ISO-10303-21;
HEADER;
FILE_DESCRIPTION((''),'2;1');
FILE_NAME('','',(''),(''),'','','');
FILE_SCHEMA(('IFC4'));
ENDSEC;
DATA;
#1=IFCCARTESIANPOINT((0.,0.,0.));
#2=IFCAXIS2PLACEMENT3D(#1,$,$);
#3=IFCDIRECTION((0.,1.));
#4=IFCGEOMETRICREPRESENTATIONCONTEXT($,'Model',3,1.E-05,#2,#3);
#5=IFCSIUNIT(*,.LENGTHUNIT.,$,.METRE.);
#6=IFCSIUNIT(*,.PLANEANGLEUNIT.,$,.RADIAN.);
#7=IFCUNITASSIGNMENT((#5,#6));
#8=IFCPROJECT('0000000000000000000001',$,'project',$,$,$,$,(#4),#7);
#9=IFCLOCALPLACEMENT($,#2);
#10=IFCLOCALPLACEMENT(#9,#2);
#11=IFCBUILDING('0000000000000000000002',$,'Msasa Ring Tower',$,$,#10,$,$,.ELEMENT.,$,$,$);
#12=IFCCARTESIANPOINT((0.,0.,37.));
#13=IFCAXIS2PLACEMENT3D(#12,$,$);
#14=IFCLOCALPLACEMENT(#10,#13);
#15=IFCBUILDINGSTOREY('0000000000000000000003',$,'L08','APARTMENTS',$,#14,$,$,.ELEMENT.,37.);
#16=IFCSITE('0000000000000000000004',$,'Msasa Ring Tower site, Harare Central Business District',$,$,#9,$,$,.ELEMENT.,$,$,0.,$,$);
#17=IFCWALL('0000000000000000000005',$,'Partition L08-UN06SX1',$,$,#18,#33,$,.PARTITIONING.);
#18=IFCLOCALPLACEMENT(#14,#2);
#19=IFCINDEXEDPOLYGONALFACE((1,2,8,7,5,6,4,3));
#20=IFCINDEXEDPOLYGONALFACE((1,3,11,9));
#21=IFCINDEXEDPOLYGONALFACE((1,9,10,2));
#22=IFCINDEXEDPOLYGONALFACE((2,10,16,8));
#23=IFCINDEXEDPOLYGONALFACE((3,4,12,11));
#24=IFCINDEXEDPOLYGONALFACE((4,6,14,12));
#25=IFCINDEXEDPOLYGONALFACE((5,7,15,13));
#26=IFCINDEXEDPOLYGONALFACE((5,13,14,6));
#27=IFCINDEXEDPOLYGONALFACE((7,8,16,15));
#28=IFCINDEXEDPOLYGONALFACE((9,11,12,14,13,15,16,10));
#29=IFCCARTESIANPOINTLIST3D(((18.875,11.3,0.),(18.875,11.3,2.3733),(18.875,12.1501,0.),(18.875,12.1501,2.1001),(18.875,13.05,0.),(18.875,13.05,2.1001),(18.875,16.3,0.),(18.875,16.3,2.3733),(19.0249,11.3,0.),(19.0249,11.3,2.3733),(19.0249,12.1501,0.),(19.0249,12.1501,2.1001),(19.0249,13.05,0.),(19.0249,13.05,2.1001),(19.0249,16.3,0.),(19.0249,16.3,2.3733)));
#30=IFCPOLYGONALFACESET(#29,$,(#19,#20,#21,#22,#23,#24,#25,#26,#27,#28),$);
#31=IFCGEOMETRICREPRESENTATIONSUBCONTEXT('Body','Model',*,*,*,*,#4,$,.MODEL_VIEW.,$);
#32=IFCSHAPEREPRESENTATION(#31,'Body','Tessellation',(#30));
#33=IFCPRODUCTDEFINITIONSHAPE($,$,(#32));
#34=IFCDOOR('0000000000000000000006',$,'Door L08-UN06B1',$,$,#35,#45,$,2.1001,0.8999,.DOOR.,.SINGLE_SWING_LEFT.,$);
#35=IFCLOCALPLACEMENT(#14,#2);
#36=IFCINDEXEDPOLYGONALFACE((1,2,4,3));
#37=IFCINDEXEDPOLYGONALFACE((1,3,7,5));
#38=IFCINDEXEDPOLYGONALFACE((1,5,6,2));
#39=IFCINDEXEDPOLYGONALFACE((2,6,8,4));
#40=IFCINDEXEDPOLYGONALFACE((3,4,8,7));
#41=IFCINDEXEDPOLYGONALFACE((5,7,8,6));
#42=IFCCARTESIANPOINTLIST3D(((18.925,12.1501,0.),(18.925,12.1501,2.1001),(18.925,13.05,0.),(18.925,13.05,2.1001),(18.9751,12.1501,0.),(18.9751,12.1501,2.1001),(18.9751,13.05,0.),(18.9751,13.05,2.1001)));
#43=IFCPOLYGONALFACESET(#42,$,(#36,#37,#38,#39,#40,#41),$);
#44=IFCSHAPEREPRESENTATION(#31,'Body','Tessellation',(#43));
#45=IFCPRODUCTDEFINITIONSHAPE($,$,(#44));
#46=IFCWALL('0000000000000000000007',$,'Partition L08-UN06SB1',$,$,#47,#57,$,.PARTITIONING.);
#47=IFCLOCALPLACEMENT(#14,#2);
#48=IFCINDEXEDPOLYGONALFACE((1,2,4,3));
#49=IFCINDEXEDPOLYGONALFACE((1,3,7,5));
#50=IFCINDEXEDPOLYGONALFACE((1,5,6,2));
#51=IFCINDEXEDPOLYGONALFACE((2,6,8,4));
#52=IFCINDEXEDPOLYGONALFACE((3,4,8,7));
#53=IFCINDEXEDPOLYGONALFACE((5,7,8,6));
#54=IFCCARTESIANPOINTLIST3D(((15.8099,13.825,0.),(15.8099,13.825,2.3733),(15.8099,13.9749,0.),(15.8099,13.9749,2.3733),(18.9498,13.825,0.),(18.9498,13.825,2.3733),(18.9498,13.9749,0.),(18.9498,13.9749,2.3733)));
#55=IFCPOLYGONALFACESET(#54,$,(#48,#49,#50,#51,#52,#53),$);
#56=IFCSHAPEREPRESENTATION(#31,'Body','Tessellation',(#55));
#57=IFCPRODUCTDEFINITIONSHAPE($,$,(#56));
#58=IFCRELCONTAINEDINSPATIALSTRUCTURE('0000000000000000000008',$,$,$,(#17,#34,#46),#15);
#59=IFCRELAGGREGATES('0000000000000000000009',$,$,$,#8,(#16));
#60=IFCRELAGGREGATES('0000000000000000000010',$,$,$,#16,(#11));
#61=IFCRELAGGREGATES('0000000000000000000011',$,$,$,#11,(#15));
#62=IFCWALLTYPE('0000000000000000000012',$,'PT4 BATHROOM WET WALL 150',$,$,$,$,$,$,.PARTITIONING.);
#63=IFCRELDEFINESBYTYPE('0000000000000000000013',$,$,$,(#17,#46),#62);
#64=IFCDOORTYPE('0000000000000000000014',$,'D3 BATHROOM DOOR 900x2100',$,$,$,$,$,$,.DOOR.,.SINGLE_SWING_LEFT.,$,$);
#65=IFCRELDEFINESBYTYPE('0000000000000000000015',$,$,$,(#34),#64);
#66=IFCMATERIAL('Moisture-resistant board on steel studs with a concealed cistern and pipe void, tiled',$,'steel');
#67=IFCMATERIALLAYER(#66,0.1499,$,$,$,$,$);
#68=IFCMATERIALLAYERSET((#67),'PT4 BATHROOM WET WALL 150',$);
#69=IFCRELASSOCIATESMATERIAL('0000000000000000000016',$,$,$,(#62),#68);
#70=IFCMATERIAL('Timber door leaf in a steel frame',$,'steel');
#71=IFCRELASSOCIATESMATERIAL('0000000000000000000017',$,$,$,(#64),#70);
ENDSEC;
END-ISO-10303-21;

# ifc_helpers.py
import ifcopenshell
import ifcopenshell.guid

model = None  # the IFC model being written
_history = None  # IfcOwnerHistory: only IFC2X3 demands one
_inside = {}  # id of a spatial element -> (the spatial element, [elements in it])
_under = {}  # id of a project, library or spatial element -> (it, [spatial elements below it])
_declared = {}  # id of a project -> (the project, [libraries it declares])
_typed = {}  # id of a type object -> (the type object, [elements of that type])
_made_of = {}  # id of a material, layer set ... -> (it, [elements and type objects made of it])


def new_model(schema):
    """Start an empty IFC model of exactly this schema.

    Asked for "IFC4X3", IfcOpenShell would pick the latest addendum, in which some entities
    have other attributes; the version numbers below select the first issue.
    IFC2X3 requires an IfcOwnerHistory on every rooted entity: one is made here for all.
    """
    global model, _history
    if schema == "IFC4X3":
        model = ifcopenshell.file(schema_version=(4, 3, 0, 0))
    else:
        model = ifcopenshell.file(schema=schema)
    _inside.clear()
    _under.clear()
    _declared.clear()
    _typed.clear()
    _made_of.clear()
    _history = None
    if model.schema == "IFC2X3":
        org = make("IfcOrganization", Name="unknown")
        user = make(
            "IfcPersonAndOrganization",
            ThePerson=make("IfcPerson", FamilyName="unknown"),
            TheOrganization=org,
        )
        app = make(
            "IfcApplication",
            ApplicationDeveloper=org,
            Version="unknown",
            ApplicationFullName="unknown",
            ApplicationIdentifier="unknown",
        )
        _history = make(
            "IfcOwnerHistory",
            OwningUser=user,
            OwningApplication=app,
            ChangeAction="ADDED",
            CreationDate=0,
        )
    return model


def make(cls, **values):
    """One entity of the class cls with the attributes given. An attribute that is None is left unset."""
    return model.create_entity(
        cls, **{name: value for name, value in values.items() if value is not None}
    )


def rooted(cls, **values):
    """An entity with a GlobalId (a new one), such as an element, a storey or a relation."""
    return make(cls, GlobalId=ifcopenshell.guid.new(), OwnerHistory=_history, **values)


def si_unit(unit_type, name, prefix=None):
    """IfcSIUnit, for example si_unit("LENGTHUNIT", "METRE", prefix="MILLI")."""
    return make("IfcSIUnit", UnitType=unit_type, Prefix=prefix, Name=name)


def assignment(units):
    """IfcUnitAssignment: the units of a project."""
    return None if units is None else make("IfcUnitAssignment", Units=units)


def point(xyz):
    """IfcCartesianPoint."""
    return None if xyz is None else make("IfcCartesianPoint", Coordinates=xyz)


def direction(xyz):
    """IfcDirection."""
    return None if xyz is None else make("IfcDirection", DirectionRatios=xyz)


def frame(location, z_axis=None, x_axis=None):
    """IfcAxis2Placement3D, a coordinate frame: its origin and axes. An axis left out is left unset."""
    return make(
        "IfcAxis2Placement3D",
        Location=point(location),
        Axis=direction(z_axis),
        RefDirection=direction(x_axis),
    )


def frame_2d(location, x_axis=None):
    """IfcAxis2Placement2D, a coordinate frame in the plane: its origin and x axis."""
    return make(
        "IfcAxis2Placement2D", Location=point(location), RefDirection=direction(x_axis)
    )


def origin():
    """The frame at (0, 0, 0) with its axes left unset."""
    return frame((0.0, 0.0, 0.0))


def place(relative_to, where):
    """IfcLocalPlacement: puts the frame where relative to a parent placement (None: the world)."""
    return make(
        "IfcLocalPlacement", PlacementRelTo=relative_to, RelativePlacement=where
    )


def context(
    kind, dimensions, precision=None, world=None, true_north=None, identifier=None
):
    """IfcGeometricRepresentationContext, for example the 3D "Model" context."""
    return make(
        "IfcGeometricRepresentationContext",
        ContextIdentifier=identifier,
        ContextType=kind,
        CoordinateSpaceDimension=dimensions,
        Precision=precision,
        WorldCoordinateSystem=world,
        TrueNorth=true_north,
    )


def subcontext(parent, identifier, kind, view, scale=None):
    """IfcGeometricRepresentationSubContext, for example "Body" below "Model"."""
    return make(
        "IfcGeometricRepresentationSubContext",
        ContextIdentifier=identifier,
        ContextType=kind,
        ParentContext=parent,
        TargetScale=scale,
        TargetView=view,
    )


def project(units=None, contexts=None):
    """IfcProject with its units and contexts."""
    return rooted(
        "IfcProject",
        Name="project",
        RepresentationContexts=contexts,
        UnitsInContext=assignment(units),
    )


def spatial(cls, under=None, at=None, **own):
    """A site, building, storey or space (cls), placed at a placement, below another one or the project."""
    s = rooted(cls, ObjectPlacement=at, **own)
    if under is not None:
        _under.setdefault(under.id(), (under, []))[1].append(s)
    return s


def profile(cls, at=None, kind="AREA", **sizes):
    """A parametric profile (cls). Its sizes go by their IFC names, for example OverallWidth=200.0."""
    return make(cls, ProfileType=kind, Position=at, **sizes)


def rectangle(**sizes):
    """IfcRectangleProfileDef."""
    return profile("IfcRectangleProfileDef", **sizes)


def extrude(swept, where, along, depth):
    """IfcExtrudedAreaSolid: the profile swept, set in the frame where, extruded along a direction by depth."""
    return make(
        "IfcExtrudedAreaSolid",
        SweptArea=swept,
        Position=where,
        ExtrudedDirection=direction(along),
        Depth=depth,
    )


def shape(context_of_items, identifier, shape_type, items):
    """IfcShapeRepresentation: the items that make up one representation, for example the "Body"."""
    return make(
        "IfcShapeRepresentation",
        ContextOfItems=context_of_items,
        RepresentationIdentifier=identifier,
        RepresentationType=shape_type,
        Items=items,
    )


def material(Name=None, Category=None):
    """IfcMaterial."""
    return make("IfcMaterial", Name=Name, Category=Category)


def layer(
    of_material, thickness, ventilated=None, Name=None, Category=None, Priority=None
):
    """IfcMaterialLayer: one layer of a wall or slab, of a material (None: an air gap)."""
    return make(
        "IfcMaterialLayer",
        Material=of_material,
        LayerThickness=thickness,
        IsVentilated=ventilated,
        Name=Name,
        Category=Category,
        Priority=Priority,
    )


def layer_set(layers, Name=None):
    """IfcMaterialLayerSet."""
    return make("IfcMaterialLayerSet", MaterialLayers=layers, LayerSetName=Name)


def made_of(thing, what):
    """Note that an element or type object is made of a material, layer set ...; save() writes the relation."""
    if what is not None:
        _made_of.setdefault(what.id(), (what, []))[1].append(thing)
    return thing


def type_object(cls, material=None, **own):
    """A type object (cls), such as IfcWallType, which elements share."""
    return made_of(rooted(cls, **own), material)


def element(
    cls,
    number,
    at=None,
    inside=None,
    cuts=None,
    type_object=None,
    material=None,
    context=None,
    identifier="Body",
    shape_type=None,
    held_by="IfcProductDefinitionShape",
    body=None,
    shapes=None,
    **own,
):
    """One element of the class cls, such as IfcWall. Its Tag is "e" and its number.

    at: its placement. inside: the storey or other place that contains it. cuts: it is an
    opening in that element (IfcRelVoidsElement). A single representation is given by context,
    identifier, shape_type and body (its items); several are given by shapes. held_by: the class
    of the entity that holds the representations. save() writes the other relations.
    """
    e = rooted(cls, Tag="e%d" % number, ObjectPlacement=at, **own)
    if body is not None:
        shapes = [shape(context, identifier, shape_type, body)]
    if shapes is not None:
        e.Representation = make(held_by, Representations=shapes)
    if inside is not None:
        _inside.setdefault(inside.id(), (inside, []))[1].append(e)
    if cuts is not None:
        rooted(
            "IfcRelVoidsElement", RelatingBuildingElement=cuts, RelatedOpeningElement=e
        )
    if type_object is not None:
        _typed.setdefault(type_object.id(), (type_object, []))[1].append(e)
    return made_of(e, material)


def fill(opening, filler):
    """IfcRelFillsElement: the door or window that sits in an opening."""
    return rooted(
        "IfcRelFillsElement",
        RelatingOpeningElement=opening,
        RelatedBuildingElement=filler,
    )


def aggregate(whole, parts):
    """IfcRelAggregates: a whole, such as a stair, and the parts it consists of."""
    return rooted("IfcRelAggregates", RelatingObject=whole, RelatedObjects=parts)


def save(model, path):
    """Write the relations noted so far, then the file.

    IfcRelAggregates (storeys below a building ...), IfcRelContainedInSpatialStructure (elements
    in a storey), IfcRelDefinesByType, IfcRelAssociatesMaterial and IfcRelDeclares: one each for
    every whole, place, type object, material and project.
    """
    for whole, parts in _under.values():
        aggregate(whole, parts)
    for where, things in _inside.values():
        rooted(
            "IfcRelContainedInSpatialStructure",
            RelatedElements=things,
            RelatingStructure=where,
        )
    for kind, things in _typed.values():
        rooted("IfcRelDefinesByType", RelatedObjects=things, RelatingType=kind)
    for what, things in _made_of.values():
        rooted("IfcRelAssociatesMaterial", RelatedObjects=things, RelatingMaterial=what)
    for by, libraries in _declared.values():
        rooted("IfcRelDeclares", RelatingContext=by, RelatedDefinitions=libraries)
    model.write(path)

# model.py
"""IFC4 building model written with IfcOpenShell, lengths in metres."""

from ifc_helpers import new_model, si_unit, direction, frame, frame_2d, origin, place, context, subcontext, project, spatial, rectangle, extrude, material, layer, layer_set, type_object, element, fill, save


model = new_model("IFC4")

# Units and contexts
model_context = context("Model", 3, precision=1e-05, world=origin(), true_north=direction((0.0, 1.0)))
body_context = subcontext(model_context, "Body", "Model", "MODEL_VIEW")
ifc_project = project(units=[si_unit("LENGTHUNIT", "METRE"), si_unit("PLANEANGLEUNIT", "RADIAN")], contexts=[model_context])

# Site, building, storey
site_placement = place(None, origin())
site = spatial("IfcSite", under=ifc_project, at=site_placement, Name="Msasa Ring Tower site, Harare Central Business District", CompositionType="ELEMENT", RefElevation=0.0)
building_placement = place(site_placement, origin())
building = spatial("IfcBuilding", under=site, at=building_placement, Name="Msasa Ring Tower", CompositionType="ELEMENT")
storey_placement = place(building_placement, frame((0.0, 0.0, 37.0)))
storey = spatial("IfcBuildingStorey", under=building, at=storey_placement, Name="L08", Description="APARTMENTS", CompositionType="ELEMENT", Elevation=37.0)

# Shared definitions
ifc_material_1 = material(Name="Moisture-resistant board on steel studs with a concealed cistern and pipe void, tiled", Category="steel")
ifc_layer_1 = layer(ifc_material_1, 0.1499)
ifc_layer_set_1 = layer_set([ifc_layer_1], Name="PT4 BATHROOM WET WALL 150")
wall_type_1 = type_object("IfcWallType", Name="PT4 BATHROOM WET WALL 150", PredefinedType="PARTITIONING", material=ifc_layer_set_1)
ifc_material_2 = material(Name="Timber door leaf in a steel frame", Category="steel")
door_type_1 = type_object("IfcDoorType", Name="D3 BATHROOM DOOR 900x2100", OperationType="SINGLE_SWING_LEFT", PredefinedType="DOOR", material=ifc_material_2)

# Wall, opening, door
wall_1_placement = place(storey_placement, frame((18.95, 11.3, 0.0), z_axis=(0.0, 0.0, 1.0), x_axis=(0.0, 1.0, 0.0)))
wall_1 = element("IfcWall", 1, at=wall_1_placement, inside=storey, type_object=wall_type_1, Name="Partition L08-UN06SX1", PredefinedType="PARTITIONING", context=body_context, shape_type="SweptSolid", body=[
    extrude(rectangle(XDim=5.0, YDim=0.1499, at=frame_2d((2.5, 0.0))), origin(), (0.0, 0.0, 1.0), 2.3733),
])
opening_1_placement = place(wall_1_placement, frame((0.8501, 0.0, 0.0)))
opening_1 = element("IfcOpeningElement", 2, at=opening_1_placement, cuts=wall_1, PredefinedType="OPENING", context=body_context, shape_type="SweptSolid", body=[
    extrude(rectangle(XDim=0.8999, YDim=2.1001, at=frame_2d((0.45, 1.05))), frame((0.0, 0.085, 0.0), z_axis=(0.0, -1.0, 0.0), x_axis=(1.0, 0.0, 0.0)), (0.0, 0.0, 1.0), 0.1699),
])
door_1_placement = place(opening_1_placement, origin())
door_1 = element("IfcDoor", 3, at=door_1_placement, inside=storey, type_object=door_type_1, Name="Door L08-UN06B1", OperationType="SINGLE_SWING_LEFT", OverallHeight=2.1001, OverallWidth=0.8999, PredefinedType="DOOR", context=body_context, shape_type="SweptSolid", body=[
    extrude(rectangle(XDim=0.8999, YDim=2.1001, at=frame_2d((0.45, 1.05))), frame((0.0, 0.0249, 0.0), z_axis=(0.0, -1.0, 0.0), x_axis=(1.0, 0.0, 0.0)), (0.0, 0.0, 1.0), 0.05),
])
fill(opening_1, door_1)

# Wall
wall_2_placement = place(storey_placement, frame((15.8101, 13.8999, 0.0), z_axis=(0.0, 0.0, 1.0), x_axis=(1.0, 0.0, 0.0)))
element("IfcWall", 4, at=wall_2_placement, inside=storey, type_object=wall_type_1, Name="Partition L08-UN06SB1", PredefinedType="PARTITIONING", context=body_context, shape_type="SweptSolid", body=[
    extrude(rectangle(XDim=3.1399, YDim=0.1499, at=frame_2d((1.5698, 0.0))), origin(), (0.0, 0.0, 1.0), 2.3733),
])

save(model, "model.ifc")
